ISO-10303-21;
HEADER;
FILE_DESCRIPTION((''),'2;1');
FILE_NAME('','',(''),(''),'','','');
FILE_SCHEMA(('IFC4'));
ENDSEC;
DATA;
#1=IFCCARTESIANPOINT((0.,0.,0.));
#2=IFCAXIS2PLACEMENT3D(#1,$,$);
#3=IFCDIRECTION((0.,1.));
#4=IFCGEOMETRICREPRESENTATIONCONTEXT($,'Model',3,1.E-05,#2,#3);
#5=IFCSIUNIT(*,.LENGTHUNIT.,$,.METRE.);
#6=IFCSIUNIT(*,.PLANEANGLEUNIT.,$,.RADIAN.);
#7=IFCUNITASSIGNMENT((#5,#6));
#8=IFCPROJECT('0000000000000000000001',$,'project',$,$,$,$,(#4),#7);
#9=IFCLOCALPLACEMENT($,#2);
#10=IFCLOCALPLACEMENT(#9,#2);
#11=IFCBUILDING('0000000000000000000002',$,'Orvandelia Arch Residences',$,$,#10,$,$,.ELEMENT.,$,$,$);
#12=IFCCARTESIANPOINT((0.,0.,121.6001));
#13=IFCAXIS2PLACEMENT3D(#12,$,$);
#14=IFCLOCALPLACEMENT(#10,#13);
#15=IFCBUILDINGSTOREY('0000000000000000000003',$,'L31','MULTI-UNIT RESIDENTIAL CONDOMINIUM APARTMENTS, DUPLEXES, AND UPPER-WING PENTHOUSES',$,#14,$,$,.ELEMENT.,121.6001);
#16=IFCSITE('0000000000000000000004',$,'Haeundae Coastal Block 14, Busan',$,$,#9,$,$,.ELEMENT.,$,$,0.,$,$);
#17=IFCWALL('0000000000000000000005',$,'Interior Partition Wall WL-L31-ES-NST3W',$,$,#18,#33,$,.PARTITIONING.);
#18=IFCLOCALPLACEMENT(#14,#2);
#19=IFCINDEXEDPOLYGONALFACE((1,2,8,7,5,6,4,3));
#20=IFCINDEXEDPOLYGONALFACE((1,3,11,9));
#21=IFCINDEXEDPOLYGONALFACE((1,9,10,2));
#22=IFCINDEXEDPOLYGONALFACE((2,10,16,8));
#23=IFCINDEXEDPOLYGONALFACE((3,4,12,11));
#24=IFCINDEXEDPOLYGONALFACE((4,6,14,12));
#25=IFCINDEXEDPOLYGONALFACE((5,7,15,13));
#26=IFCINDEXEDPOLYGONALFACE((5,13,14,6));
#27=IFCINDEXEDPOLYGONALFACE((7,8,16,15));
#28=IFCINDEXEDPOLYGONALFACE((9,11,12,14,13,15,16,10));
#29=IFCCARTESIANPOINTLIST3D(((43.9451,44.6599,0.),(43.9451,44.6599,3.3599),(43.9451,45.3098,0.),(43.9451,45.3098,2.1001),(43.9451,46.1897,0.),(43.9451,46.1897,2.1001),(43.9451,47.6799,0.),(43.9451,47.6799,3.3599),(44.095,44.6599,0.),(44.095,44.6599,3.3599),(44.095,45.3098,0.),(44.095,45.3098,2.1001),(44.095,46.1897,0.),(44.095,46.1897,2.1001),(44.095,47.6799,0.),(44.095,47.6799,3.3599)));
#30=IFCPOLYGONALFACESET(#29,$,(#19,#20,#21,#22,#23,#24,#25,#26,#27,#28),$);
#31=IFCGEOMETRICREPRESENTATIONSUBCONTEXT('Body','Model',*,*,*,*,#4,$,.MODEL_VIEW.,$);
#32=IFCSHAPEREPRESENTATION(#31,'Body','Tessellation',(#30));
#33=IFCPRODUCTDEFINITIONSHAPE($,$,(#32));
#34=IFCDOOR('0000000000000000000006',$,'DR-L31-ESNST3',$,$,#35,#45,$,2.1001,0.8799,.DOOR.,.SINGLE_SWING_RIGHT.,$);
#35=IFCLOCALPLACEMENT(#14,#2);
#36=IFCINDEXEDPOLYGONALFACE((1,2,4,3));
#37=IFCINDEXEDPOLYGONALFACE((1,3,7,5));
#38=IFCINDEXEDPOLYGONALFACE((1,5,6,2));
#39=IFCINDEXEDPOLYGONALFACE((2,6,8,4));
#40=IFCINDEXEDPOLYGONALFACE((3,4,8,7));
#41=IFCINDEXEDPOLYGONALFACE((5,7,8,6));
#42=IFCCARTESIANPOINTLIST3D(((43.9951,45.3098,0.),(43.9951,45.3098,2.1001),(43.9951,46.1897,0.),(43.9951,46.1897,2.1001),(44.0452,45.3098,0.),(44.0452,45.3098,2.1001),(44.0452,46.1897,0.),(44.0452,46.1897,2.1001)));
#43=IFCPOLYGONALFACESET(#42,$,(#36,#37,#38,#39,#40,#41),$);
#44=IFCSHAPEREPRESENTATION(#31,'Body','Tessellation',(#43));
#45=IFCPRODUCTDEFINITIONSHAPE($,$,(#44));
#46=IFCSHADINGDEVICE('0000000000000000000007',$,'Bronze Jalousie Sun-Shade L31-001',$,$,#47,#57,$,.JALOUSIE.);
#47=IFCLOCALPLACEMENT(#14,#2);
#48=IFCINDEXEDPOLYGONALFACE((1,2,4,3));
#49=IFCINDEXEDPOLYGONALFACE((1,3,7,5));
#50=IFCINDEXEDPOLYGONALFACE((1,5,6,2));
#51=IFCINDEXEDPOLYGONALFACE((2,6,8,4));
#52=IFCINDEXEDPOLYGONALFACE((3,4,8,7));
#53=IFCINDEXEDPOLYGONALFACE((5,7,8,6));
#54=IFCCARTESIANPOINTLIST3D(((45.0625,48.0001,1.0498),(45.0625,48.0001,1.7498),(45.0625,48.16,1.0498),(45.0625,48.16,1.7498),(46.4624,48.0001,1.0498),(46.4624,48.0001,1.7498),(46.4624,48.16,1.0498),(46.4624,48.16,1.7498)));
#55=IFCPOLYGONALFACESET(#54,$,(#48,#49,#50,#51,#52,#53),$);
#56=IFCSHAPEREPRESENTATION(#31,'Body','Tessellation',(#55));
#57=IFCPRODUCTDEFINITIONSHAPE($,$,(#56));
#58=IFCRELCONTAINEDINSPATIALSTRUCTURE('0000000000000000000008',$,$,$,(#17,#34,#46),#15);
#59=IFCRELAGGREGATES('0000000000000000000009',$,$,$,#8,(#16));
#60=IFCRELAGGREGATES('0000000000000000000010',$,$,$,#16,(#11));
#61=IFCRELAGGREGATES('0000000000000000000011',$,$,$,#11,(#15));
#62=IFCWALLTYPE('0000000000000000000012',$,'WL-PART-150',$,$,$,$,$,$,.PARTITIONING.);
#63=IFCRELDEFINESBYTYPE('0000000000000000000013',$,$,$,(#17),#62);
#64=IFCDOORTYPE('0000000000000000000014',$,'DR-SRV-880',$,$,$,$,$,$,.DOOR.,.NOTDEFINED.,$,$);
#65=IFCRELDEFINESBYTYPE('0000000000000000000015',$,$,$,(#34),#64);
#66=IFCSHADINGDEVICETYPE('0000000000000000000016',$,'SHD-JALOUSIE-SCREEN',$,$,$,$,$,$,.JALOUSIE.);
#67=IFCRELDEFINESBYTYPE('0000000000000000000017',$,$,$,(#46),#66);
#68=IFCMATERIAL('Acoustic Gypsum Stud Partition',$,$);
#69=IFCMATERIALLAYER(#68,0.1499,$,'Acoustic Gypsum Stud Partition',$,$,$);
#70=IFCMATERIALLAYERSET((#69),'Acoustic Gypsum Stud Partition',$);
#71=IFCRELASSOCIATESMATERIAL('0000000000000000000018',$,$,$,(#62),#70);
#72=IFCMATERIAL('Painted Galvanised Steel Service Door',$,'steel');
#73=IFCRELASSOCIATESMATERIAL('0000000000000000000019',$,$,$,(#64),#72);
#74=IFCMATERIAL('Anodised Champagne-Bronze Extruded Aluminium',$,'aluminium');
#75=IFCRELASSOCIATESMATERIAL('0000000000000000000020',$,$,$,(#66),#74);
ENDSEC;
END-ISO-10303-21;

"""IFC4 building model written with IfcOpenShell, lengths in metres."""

from ifc_helpers import new_model, si_unit, direction, frame, frame_2d, origin, origin_2d, place, context, subcontext, project, spatial, rectangle, extrude, material, layer, layer_set, type_object, element, fill, save


model = new_model("IFC4")

# Units and contexts
model_context = context("Model", 3, precision=1e-05, world=origin(), true_north=direction((0.0, 1.0)))
body_context = subcontext(model_context, "Body", "Model", "MODEL_VIEW")
ifc_project = project(units=[si_unit("LENGTHUNIT", "METRE"), si_unit("PLANEANGLEUNIT", "RADIAN")], contexts=[model_context])

# Site, building, storey
site_placement = place(None, origin())
site = spatial("IfcSite", under=ifc_project, at=site_placement, Name="Haeundae Coastal Block 14, Busan", CompositionType="ELEMENT", RefElevation=0.0)
building_placement = place(site_placement, origin())
building = spatial("IfcBuilding", under=site, at=building_placement, Name="Orvandelia Arch Residences", CompositionType="ELEMENT")
storey_placement = place(building_placement, frame((0.0, 0.0, 121.6001)))
storey = spatial("IfcBuildingStorey", under=building, at=storey_placement, Name="L31", Description="MULTI-UNIT RESIDENTIAL CONDOMINIUM APARTMENTS, DUPLEXES, AND UPPER-WING PENTHOUSES", CompositionType="ELEMENT", Elevation=121.6001)

# Wall, opening, door
ifc_material_1 = material(Name="Acoustic Gypsum Stud Partition")
ifc_layer_1 = layer(ifc_material_1, 0.1499, Name="Acoustic Gypsum Stud Partition")
ifc_layer_set_1 = layer_set([ifc_layer_1], Name="Acoustic Gypsum Stud Partition")
wall_type_1 = type_object("IfcWallType", Name="WL-PART-150", PredefinedType="PARTITIONING", material=ifc_layer_set_1)
wall_1_placement = place(storey_placement, frame((44.02, 44.6599, 0.0), z_axis=(0.0, 0.0, 1.0), x_axis=(0.0, 1.0, 0.0)))
wall_1 = element("IfcWall", 1, at=wall_1_placement, inside=storey, type_object=wall_type_1, Name="Interior Partition Wall WL-L31-ES-NST3W", PredefinedType="PARTITIONING", context=body_context, shape_type="SweptSolid", body=[
    extrude(rectangle(XDim=3.02, YDim=0.1499, at=frame_2d((1.51, 0.0))), origin(), (0.0, 0.0, 1.0), 3.3599),
])
opening_1_placement = place(wall_1_placement, frame((0.6499, 0.0, 0.0)))
opening_1 = element("IfcOpeningElement", 2, at=opening_1_placement, cuts=wall_1, PredefinedType="OPENING", context=body_context, shape_type="SweptSolid", body=[
    extrude(rectangle(XDim=0.8799, YDim=2.1001, at=frame_2d((0.4399, 1.05))), frame((0.0, 0.085, 0.0), z_axis=(0.0, -1.0, 0.0), x_axis=(1.0, 0.0, 0.0)), (0.0, 0.0, 1.0), 0.1699),
])
ifc_material_2 = material(Name="Painted Galvanised Steel Service Door", Category="steel")
door_type_1 = type_object("IfcDoorType", Name="DR-SRV-880", OperationType="NOTDEFINED", PredefinedType="DOOR", material=ifc_material_2)
door_1_placement = place(opening_1_placement, origin())
door_1 = element("IfcDoor", 3, at=door_1_placement, inside=storey, type_object=door_type_1, Name="DR-L31-ESNST3", OperationType="SINGLE_SWING_RIGHT", OverallHeight=2.1001, OverallWidth=0.8799, PredefinedType="DOOR", context=body_context, shape_type="SweptSolid", body=[
    extrude(rectangle(XDim=0.8799, YDim=2.1001, at=frame_2d((0.4399, 1.05))), frame((0.0, 0.0249, 0.0), z_axis=(0.0, -1.0, 0.0), x_axis=(1.0, 0.0, 0.0)), (0.0, 0.0, 1.0), 0.05),
])
fill(opening_1, door_1)

# Shading device
ifc_material_3 = material(Name="Anodised Champagne-Bronze Extruded Aluminium", Category="aluminium")
shading_device_type = type_object("IfcShadingDeviceType", Name="SHD-JALOUSIE-SCREEN", PredefinedType="JALOUSIE", material=ifc_material_3)
shading_device_placement = place(storey_placement, frame((45.7625, 48.0801, 1.0498), z_axis=(0.0, 0.0, 1.0), x_axis=(1.0, 0.0, 0.0)))
element("IfcShadingDevice", 4, at=shading_device_placement, inside=storey, type_object=shading_device_type, Name="Bronze Jalousie Sun-Shade L31-001", PredefinedType="JALOUSIE", context=body_context, shape_type="SweptSolid", body=[
    extrude(rectangle(XDim=1.3999, YDim=0.1599, at=origin_2d()), origin(), (0.0, 0.0, 1.0), 0.7),
])

save(model, "model.ifc")
